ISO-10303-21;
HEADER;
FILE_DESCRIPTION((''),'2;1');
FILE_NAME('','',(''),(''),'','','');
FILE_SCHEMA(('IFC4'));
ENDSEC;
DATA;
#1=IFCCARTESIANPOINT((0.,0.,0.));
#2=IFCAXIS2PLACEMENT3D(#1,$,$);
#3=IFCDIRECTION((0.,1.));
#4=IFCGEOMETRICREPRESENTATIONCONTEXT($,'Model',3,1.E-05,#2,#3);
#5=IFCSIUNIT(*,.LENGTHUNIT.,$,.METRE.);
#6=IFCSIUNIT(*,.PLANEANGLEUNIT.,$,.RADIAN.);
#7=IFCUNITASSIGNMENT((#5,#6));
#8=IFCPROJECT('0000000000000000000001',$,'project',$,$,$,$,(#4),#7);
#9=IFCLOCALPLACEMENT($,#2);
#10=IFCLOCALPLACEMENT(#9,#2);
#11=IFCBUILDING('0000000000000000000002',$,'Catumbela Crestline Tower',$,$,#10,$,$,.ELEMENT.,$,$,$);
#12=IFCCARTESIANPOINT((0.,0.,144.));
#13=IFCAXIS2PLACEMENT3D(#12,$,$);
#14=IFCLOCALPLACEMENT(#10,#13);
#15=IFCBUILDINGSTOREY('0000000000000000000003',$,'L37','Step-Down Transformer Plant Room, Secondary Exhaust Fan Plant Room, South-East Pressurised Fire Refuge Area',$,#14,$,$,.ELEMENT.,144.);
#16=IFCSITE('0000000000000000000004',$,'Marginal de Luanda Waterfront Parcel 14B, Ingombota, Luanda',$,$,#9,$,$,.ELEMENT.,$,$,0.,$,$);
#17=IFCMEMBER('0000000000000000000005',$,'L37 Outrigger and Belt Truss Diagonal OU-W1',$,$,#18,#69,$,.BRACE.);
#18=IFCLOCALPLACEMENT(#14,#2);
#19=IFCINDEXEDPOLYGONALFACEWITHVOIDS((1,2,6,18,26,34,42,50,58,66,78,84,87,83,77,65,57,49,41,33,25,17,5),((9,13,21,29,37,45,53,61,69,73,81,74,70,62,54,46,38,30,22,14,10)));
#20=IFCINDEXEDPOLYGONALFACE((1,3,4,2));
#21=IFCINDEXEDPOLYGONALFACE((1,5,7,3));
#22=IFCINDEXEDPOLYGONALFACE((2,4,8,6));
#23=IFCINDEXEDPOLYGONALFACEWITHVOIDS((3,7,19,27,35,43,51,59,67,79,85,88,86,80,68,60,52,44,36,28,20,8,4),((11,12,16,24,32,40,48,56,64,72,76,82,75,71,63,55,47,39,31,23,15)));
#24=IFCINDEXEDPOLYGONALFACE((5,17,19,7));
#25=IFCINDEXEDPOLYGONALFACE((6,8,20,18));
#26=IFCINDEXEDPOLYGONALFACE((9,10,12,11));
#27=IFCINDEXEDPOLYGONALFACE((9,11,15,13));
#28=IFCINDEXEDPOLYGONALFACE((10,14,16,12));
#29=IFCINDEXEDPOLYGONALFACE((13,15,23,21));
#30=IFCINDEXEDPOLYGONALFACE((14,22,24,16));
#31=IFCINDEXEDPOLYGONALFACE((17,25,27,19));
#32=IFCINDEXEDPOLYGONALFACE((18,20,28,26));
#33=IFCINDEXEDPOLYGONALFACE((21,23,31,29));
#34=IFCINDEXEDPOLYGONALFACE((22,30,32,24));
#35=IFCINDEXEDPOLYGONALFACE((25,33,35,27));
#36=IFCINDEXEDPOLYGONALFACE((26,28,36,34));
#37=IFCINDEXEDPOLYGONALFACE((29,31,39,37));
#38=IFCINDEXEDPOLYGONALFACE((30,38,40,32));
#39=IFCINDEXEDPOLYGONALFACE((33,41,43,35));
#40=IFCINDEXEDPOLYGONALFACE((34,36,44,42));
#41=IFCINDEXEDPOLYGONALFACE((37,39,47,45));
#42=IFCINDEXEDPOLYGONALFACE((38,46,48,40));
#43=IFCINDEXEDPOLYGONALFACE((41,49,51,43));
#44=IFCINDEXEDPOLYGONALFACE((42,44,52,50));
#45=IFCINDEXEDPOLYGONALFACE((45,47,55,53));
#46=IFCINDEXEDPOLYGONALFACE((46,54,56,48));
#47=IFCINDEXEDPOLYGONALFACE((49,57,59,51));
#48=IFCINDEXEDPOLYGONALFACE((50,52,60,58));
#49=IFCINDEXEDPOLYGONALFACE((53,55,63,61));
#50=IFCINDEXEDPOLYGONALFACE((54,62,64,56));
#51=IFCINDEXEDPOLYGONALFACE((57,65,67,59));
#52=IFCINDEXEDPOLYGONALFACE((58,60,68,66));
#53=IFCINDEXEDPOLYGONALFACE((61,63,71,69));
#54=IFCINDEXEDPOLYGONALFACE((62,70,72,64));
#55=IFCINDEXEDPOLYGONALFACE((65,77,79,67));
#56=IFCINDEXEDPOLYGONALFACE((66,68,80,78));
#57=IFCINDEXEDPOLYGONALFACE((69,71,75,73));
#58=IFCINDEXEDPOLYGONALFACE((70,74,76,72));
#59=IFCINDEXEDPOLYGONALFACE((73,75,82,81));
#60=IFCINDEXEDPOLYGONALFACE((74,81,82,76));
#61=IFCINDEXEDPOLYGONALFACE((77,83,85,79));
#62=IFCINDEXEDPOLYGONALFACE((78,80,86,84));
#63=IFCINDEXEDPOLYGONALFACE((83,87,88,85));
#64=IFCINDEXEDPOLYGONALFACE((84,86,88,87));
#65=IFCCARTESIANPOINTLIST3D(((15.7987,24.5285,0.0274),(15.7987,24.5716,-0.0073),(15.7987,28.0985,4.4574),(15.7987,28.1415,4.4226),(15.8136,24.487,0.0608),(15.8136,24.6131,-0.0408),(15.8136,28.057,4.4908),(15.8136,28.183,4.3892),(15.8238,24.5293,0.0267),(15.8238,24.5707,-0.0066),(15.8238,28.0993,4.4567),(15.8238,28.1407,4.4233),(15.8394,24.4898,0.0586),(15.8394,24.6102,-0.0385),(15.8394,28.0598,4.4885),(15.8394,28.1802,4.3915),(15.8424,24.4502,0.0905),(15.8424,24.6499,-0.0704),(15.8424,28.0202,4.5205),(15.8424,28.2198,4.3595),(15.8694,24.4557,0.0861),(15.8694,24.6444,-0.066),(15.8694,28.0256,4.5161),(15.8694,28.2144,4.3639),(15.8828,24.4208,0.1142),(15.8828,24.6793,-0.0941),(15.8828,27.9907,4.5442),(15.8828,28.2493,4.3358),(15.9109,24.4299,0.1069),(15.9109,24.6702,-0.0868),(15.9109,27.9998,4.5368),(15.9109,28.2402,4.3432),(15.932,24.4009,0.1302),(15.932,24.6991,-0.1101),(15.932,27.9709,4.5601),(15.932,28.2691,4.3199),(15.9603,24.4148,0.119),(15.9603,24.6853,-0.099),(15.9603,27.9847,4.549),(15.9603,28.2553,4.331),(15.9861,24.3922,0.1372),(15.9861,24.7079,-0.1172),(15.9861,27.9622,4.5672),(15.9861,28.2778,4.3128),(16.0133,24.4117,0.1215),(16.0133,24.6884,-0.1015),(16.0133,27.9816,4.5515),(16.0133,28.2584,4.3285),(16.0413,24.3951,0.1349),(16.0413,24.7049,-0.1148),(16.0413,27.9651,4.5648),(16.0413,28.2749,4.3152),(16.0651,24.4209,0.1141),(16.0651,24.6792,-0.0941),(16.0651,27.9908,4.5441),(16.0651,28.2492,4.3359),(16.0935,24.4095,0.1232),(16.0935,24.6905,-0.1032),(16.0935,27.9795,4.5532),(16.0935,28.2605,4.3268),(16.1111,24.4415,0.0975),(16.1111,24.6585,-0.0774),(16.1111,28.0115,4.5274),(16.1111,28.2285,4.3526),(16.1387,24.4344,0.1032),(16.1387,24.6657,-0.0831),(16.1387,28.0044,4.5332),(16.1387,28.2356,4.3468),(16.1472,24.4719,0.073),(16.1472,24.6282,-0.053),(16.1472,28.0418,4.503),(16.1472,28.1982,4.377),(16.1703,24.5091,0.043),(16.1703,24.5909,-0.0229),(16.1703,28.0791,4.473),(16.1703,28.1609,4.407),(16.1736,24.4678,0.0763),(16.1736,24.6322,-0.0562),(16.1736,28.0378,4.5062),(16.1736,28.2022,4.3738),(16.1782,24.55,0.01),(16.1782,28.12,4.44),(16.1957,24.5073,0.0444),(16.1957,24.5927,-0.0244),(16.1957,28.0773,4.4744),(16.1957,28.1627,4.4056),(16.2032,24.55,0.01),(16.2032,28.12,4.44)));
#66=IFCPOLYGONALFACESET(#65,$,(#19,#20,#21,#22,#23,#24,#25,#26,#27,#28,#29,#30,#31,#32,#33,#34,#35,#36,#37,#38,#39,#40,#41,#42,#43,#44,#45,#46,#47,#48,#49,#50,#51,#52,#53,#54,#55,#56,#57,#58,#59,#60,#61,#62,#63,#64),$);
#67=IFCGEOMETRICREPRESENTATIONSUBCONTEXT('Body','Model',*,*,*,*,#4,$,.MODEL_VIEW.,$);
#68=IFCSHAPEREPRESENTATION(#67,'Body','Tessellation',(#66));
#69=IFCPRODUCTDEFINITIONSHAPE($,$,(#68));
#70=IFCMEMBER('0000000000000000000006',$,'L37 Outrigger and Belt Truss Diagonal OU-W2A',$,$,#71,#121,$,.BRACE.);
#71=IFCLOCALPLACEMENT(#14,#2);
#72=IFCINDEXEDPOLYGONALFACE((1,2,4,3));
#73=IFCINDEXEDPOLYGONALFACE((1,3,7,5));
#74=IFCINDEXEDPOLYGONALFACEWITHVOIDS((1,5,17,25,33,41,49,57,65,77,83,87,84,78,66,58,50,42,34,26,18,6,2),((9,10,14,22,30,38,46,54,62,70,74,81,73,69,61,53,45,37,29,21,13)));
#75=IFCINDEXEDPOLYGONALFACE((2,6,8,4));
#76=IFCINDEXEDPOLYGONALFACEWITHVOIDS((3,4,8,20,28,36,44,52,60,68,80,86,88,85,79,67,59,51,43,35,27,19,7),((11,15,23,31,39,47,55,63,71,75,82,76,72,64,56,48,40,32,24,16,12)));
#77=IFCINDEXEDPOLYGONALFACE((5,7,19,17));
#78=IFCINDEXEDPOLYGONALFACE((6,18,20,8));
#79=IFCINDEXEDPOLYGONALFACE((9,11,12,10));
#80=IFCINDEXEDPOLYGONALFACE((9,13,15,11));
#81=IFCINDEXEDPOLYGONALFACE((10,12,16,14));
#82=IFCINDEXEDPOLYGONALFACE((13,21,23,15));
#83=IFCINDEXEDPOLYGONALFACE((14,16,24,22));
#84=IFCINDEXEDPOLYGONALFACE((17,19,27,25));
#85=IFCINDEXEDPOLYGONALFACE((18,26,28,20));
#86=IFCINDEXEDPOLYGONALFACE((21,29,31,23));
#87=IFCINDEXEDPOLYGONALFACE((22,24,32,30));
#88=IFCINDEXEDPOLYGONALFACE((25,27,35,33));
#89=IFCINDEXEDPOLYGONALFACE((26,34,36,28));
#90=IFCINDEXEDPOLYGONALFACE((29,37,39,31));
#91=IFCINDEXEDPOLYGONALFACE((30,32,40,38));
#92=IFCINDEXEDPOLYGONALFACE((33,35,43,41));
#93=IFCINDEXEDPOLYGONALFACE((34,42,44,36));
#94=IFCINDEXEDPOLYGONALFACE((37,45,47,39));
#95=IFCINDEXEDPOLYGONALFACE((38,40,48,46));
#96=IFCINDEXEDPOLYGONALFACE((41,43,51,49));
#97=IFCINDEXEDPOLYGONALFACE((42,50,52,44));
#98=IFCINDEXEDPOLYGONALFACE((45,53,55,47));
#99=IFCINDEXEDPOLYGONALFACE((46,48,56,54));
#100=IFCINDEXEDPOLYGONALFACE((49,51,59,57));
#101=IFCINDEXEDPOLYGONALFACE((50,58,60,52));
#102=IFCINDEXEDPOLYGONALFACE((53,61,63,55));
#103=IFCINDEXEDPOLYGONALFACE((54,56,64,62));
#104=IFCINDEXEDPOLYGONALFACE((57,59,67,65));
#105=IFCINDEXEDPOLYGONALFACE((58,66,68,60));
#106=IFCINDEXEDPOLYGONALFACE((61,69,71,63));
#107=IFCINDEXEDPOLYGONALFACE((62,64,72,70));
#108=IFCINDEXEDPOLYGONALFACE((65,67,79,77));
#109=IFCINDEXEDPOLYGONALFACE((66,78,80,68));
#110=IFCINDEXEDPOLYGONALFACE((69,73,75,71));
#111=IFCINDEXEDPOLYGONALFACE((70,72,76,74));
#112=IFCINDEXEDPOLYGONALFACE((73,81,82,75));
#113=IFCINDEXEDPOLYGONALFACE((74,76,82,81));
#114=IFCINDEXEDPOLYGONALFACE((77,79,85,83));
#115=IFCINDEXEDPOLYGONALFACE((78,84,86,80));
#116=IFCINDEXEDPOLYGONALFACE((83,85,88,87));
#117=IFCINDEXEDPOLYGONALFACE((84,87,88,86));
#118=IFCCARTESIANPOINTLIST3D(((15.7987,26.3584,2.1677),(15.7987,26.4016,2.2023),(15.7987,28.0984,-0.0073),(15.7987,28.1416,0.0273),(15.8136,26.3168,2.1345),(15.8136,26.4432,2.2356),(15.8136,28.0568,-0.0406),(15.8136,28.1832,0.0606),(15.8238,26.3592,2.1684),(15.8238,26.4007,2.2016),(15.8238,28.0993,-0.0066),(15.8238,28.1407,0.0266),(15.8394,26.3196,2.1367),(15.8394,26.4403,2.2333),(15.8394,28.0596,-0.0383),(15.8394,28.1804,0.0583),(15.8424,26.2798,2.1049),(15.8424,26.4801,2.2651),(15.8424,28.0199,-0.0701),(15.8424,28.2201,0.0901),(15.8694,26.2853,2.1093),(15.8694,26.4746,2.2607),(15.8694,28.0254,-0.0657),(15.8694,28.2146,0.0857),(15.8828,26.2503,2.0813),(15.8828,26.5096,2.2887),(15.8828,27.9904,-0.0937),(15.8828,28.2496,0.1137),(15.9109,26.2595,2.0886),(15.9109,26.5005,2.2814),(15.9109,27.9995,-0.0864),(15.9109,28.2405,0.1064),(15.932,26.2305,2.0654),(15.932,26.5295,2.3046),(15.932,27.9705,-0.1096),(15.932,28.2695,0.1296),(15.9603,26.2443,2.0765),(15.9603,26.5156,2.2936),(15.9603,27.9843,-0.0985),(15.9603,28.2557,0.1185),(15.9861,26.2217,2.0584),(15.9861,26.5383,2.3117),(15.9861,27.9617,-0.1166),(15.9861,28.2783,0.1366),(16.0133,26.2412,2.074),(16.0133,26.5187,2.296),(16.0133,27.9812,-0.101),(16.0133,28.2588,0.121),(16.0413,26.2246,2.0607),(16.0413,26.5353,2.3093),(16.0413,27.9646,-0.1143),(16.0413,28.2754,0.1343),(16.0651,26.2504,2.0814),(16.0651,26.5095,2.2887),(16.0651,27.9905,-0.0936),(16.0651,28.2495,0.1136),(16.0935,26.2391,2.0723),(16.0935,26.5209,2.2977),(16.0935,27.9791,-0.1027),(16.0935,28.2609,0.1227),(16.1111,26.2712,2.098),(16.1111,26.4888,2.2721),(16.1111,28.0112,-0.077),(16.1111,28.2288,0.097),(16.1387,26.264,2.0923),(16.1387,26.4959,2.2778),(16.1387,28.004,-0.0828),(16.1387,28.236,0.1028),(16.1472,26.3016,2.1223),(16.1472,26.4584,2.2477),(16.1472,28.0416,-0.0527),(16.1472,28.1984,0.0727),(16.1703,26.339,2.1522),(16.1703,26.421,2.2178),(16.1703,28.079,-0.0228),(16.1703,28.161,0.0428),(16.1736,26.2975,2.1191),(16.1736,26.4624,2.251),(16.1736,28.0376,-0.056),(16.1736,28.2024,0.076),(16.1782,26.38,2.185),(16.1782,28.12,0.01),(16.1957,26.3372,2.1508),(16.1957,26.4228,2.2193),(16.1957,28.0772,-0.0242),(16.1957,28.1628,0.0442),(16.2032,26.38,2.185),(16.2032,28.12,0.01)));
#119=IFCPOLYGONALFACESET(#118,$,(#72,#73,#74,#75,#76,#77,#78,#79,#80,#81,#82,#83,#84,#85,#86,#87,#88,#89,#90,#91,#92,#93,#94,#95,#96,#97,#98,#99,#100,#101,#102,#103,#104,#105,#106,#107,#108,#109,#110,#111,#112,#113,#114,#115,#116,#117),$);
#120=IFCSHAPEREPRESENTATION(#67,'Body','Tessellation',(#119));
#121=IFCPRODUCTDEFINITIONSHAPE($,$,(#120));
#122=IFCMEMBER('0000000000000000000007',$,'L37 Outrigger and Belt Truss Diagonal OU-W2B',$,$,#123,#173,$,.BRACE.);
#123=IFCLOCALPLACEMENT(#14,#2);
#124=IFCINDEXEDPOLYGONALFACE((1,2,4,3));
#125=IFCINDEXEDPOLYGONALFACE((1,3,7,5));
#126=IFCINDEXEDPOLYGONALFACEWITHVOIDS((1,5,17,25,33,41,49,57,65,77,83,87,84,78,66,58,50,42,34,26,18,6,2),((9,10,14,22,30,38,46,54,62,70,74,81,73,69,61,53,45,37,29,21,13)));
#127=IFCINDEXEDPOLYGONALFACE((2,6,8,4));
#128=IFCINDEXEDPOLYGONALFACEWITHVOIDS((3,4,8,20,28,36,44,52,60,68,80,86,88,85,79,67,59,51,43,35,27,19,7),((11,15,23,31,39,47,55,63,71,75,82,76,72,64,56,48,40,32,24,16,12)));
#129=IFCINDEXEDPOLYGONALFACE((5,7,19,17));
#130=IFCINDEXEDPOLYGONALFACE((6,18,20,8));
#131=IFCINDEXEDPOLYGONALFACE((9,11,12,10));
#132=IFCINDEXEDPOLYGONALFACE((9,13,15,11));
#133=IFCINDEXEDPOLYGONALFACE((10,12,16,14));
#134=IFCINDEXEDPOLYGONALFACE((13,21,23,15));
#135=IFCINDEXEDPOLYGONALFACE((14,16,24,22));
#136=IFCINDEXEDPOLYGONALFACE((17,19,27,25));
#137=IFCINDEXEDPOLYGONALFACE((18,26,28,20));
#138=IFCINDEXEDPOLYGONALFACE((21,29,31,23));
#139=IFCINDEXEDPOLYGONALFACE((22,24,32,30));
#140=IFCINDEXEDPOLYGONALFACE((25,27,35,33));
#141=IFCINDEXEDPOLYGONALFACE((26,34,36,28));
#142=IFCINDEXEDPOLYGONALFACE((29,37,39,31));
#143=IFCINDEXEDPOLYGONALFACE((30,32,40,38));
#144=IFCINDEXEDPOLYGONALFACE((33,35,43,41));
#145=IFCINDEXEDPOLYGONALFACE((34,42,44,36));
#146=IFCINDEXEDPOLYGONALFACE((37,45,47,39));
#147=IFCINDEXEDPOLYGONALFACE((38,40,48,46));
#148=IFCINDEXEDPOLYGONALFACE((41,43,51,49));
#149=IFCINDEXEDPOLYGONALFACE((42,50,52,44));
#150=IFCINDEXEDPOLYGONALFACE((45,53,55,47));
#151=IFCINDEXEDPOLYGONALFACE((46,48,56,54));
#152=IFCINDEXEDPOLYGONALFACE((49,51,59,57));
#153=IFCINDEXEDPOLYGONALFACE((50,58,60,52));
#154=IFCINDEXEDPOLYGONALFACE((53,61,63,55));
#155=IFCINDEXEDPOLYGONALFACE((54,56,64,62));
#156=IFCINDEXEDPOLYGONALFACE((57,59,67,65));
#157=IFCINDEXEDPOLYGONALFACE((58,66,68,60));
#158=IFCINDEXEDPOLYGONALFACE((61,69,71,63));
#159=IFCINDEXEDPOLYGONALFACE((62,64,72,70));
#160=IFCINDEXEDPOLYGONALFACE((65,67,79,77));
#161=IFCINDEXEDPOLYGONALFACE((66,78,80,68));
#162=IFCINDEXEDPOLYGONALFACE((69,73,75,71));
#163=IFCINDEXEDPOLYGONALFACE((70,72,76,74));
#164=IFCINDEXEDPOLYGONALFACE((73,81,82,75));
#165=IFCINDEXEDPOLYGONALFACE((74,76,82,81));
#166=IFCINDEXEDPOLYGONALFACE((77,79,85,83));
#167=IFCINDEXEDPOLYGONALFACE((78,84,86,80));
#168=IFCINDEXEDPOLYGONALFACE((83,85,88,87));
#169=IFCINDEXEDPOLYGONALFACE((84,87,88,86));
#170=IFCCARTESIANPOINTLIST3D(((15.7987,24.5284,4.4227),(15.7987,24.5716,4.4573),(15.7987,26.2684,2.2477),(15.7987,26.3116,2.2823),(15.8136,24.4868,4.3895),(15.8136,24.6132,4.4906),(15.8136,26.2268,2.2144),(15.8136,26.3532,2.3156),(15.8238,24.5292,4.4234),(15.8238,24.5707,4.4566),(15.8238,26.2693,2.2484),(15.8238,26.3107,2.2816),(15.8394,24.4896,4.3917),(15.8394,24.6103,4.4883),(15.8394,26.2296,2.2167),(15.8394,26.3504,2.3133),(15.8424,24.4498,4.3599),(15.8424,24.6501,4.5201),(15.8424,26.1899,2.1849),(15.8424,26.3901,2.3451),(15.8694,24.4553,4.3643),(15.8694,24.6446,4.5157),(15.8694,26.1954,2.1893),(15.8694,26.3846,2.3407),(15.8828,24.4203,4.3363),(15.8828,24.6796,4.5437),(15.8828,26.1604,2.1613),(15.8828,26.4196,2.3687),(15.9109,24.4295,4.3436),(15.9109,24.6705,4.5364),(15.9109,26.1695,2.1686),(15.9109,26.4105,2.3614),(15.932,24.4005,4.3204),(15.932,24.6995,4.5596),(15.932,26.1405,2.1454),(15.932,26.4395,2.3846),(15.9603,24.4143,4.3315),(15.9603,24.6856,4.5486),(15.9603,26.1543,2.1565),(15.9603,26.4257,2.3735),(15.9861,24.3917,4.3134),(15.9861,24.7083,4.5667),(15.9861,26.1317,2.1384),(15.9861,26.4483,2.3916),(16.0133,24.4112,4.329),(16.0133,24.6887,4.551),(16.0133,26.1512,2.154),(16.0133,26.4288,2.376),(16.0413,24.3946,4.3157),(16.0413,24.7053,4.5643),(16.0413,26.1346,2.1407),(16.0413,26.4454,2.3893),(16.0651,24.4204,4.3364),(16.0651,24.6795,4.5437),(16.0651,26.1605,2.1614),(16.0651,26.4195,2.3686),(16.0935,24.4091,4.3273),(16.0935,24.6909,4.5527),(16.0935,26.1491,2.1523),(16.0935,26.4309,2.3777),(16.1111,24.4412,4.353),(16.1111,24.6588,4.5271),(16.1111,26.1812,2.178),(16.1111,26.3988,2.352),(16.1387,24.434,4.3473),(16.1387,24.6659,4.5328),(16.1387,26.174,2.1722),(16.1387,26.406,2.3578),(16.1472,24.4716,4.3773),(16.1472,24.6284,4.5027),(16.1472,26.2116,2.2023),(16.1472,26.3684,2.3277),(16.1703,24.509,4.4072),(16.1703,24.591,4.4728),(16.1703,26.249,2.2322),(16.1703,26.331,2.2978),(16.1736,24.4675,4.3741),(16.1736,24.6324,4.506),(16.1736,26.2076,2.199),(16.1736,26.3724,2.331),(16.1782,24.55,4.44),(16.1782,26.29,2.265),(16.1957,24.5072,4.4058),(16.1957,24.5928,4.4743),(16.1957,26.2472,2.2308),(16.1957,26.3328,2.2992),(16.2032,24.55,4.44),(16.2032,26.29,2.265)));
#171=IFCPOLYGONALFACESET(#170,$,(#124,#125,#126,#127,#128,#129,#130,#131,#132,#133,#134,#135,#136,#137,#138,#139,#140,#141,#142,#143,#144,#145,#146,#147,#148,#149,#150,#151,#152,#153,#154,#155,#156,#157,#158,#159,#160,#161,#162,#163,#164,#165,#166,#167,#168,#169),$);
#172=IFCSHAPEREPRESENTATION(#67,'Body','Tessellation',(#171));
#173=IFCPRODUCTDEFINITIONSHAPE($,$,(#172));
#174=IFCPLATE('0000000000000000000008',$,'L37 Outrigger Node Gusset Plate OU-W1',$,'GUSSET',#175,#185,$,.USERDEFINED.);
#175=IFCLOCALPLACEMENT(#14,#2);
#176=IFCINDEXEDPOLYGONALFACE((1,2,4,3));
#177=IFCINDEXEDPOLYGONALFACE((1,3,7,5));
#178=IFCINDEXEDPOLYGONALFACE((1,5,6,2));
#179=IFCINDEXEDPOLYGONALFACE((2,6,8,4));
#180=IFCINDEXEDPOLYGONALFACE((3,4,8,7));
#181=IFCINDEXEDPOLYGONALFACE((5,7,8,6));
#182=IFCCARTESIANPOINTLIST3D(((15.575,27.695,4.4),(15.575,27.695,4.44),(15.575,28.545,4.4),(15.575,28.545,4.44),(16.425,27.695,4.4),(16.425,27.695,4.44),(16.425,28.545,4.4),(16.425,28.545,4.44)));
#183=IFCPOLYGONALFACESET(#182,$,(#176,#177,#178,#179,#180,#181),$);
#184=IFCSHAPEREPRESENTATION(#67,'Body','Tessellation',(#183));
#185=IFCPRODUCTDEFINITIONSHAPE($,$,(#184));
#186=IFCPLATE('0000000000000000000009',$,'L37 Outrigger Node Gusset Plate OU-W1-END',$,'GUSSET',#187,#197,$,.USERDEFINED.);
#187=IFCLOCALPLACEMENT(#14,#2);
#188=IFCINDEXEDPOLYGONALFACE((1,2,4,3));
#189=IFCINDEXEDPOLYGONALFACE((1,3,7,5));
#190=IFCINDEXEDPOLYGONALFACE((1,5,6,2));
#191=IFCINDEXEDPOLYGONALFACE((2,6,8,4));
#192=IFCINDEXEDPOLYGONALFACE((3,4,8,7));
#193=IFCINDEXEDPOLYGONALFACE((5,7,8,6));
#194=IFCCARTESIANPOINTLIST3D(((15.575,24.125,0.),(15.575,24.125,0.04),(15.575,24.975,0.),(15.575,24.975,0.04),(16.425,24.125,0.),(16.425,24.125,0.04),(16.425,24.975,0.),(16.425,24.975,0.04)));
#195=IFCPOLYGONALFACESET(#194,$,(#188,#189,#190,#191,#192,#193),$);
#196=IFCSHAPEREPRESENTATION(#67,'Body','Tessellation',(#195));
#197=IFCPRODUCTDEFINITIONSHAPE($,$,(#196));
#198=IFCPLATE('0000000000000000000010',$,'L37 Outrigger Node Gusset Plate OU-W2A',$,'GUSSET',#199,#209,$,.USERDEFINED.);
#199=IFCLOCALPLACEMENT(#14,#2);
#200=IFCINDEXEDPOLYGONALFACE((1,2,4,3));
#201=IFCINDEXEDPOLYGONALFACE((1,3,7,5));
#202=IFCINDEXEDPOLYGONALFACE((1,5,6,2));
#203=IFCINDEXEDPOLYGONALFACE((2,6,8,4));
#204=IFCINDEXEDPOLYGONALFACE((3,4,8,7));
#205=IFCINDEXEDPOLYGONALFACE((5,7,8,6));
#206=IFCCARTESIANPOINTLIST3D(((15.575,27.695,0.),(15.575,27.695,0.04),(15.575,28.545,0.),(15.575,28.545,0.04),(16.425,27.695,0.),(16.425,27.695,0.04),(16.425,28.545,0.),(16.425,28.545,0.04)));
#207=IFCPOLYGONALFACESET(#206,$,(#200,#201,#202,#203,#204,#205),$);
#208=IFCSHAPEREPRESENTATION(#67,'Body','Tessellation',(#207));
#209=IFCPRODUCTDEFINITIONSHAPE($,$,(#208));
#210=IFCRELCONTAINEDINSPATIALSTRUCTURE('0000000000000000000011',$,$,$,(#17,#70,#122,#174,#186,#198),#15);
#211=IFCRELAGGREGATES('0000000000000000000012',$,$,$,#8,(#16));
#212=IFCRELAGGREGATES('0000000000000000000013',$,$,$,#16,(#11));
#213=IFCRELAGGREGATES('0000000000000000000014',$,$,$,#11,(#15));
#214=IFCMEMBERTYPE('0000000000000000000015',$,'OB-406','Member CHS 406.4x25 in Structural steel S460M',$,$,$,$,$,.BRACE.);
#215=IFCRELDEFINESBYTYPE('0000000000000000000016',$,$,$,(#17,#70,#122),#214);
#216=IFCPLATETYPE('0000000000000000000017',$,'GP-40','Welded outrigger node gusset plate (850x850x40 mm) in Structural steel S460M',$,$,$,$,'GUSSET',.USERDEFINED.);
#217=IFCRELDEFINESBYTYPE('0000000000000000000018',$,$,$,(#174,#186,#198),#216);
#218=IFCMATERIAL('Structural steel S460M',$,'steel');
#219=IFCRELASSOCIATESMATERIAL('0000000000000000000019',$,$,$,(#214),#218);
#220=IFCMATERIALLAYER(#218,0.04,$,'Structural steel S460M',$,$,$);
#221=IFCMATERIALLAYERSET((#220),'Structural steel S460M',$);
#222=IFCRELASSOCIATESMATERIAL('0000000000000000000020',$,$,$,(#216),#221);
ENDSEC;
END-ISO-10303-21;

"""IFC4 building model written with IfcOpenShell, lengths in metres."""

from ifc_helpers import new_model, si_unit, direction, frame, origin, origin_2d, place, context, subcontext, project, spatial, rectangle, hollow_circle, extrude, material, layer, layer_set, material_profile, profile_set, type_object, element, save


model = new_model("IFC4")

# Units and contexts
model_context = context("Model", 3, precision=1e-05, world=origin(), true_north=direction((0.0, 1.0)))
body_context = subcontext(model_context, "Body", "Model", "MODEL_VIEW")
ifc_project = project(units=[si_unit("LENGTHUNIT", "METRE"), si_unit("PLANEANGLEUNIT", "RADIAN")], contexts=[model_context])

# Site, building, storey
site_placement = place(None, origin())
site = spatial("IfcSite", under=ifc_project, at=site_placement, Name="Marginal de Luanda Waterfront Parcel 14B, Ingombota, Luanda", CompositionType="ELEMENT", RefElevation=0.0)
building_placement = place(site_placement, origin())
building = spatial("IfcBuilding", under=site, at=building_placement, Name="Catumbela Crestline Tower", CompositionType="ELEMENT")
storey_placement = place(building_placement, frame((0.0, 0.0, 144.0)))
storey = spatial("IfcBuildingStorey", under=building, at=storey_placement, Name="L37", Description="Step-Down Transformer Plant Room, Secondary Exhaust Fan Plant Room, South-East Pressurised Fire Refuge Area", CompositionType="ELEMENT", Elevation=144.0)

# Members
ifc_material_1 = material(Name="Structural steel S460M", Category="steel")
ifc_material_profile_1 = material_profile(ifc_material_1, hollow_circle(Radius=0.2032, WallThickness=0.025, at=origin_2d()), Name="CHS 406.4x25")
ifc_profile_set_1 = profile_set([ifc_material_profile_1], Name="Structural steel S460M")
member_type_1 = type_object("IfcMemberType", Name="OB-406", Description="Member CHS 406.4x25 in Structural steel S460M", PredefinedType="BRACE", material=ifc_profile_set_1)
member_1_placement = place(storey_placement, frame((16.0, 28.12, 4.44), z_axis=(0.0, -0.627478, -0.778635), x_axis=(1.0, 0.0, 0.0)))
element("IfcMember", 1, at=member_1_placement, inside=storey, type_object=member_type_1, Name="L37 Outrigger and Belt Truss Diagonal OU-W1", PredefinedType="BRACE", context=body_context, shape_type="SweptSolid", body=[
    extrude(hollow_circle(Radius=0.2032, WallThickness=0.025, at=origin_2d()), origin(), (0.0, 0.0, 1.0), 5.6894),
])
for number, where, z_axis, x_axis, name in (
    (2, (16.0, 28.12, 0.01), (0.0, -0.624695, 0.780869), (1.0, 0.0, 0.0), "L37 Outrigger and Belt Truss Diagonal OU-W2A"),
    (3, (16.0, 26.29, 2.265), (0.0, -0.624695, 0.780869), (1.0, 0.0, 0.0), "L37 Outrigger and Belt Truss Diagonal OU-W2B"),
):
    element("IfcMember", number, at=place(storey_placement, frame(where, z_axis=z_axis, x_axis=x_axis)), inside=storey, type_object=member_type_1, Name=name, PredefinedType="BRACE", context=body_context, shape_type="SweptSolid", body=[
        extrude(hollow_circle(Radius=0.2032, WallThickness=0.025, at=origin_2d()), origin(), (0.0, 0.0, 1.0), 2.7854),
    ])

# Plates
ifc_layer_1 = layer(ifc_material_1, 0.04, Name="Structural steel S460M")
ifc_layer_set_1 = layer_set([ifc_layer_1], Name="Structural steel S460M")
plate_type = type_object("IfcPlateType", Name="GP-40", Description="Welded outrigger node gusset plate (850x850x40 mm) in Structural steel S460M", ElementType="GUSSET", PredefinedType="USERDEFINED", material=ifc_layer_set_1)
for number, where, z_axis, x_axis, name in (
    (4, (16.0, 28.12, 4.4), (0.0, 0.0, 1.0), (1.0, 0.0, 0.0), "L37 Outrigger Node Gusset Plate OU-W1"),
    (5, (16.0, 24.55, 0.0), (0.0, 0.0, 1.0), (1.0, 0.0, 0.0), "L37 Outrigger Node Gusset Plate OU-W1-END"),
    (6, (16.0, 28.12, 0.0), (0.0, 0.0, 1.0), (1.0, 0.0, 0.0), "L37 Outrigger Node Gusset Plate OU-W2A"),
):
    element("IfcPlate", number, at=place(storey_placement, frame(where, z_axis=z_axis, x_axis=x_axis)), inside=storey, type_object=plate_type, Name=name, ObjectType="GUSSET", PredefinedType="USERDEFINED", context=body_context, shape_type="SweptSolid", body=[
        extrude(rectangle(XDim=0.85, YDim=0.85, at=origin_2d()), origin(), (0.0, 0.0, 1.0), 0.04),
    ])

save(model, "model.ifc")
